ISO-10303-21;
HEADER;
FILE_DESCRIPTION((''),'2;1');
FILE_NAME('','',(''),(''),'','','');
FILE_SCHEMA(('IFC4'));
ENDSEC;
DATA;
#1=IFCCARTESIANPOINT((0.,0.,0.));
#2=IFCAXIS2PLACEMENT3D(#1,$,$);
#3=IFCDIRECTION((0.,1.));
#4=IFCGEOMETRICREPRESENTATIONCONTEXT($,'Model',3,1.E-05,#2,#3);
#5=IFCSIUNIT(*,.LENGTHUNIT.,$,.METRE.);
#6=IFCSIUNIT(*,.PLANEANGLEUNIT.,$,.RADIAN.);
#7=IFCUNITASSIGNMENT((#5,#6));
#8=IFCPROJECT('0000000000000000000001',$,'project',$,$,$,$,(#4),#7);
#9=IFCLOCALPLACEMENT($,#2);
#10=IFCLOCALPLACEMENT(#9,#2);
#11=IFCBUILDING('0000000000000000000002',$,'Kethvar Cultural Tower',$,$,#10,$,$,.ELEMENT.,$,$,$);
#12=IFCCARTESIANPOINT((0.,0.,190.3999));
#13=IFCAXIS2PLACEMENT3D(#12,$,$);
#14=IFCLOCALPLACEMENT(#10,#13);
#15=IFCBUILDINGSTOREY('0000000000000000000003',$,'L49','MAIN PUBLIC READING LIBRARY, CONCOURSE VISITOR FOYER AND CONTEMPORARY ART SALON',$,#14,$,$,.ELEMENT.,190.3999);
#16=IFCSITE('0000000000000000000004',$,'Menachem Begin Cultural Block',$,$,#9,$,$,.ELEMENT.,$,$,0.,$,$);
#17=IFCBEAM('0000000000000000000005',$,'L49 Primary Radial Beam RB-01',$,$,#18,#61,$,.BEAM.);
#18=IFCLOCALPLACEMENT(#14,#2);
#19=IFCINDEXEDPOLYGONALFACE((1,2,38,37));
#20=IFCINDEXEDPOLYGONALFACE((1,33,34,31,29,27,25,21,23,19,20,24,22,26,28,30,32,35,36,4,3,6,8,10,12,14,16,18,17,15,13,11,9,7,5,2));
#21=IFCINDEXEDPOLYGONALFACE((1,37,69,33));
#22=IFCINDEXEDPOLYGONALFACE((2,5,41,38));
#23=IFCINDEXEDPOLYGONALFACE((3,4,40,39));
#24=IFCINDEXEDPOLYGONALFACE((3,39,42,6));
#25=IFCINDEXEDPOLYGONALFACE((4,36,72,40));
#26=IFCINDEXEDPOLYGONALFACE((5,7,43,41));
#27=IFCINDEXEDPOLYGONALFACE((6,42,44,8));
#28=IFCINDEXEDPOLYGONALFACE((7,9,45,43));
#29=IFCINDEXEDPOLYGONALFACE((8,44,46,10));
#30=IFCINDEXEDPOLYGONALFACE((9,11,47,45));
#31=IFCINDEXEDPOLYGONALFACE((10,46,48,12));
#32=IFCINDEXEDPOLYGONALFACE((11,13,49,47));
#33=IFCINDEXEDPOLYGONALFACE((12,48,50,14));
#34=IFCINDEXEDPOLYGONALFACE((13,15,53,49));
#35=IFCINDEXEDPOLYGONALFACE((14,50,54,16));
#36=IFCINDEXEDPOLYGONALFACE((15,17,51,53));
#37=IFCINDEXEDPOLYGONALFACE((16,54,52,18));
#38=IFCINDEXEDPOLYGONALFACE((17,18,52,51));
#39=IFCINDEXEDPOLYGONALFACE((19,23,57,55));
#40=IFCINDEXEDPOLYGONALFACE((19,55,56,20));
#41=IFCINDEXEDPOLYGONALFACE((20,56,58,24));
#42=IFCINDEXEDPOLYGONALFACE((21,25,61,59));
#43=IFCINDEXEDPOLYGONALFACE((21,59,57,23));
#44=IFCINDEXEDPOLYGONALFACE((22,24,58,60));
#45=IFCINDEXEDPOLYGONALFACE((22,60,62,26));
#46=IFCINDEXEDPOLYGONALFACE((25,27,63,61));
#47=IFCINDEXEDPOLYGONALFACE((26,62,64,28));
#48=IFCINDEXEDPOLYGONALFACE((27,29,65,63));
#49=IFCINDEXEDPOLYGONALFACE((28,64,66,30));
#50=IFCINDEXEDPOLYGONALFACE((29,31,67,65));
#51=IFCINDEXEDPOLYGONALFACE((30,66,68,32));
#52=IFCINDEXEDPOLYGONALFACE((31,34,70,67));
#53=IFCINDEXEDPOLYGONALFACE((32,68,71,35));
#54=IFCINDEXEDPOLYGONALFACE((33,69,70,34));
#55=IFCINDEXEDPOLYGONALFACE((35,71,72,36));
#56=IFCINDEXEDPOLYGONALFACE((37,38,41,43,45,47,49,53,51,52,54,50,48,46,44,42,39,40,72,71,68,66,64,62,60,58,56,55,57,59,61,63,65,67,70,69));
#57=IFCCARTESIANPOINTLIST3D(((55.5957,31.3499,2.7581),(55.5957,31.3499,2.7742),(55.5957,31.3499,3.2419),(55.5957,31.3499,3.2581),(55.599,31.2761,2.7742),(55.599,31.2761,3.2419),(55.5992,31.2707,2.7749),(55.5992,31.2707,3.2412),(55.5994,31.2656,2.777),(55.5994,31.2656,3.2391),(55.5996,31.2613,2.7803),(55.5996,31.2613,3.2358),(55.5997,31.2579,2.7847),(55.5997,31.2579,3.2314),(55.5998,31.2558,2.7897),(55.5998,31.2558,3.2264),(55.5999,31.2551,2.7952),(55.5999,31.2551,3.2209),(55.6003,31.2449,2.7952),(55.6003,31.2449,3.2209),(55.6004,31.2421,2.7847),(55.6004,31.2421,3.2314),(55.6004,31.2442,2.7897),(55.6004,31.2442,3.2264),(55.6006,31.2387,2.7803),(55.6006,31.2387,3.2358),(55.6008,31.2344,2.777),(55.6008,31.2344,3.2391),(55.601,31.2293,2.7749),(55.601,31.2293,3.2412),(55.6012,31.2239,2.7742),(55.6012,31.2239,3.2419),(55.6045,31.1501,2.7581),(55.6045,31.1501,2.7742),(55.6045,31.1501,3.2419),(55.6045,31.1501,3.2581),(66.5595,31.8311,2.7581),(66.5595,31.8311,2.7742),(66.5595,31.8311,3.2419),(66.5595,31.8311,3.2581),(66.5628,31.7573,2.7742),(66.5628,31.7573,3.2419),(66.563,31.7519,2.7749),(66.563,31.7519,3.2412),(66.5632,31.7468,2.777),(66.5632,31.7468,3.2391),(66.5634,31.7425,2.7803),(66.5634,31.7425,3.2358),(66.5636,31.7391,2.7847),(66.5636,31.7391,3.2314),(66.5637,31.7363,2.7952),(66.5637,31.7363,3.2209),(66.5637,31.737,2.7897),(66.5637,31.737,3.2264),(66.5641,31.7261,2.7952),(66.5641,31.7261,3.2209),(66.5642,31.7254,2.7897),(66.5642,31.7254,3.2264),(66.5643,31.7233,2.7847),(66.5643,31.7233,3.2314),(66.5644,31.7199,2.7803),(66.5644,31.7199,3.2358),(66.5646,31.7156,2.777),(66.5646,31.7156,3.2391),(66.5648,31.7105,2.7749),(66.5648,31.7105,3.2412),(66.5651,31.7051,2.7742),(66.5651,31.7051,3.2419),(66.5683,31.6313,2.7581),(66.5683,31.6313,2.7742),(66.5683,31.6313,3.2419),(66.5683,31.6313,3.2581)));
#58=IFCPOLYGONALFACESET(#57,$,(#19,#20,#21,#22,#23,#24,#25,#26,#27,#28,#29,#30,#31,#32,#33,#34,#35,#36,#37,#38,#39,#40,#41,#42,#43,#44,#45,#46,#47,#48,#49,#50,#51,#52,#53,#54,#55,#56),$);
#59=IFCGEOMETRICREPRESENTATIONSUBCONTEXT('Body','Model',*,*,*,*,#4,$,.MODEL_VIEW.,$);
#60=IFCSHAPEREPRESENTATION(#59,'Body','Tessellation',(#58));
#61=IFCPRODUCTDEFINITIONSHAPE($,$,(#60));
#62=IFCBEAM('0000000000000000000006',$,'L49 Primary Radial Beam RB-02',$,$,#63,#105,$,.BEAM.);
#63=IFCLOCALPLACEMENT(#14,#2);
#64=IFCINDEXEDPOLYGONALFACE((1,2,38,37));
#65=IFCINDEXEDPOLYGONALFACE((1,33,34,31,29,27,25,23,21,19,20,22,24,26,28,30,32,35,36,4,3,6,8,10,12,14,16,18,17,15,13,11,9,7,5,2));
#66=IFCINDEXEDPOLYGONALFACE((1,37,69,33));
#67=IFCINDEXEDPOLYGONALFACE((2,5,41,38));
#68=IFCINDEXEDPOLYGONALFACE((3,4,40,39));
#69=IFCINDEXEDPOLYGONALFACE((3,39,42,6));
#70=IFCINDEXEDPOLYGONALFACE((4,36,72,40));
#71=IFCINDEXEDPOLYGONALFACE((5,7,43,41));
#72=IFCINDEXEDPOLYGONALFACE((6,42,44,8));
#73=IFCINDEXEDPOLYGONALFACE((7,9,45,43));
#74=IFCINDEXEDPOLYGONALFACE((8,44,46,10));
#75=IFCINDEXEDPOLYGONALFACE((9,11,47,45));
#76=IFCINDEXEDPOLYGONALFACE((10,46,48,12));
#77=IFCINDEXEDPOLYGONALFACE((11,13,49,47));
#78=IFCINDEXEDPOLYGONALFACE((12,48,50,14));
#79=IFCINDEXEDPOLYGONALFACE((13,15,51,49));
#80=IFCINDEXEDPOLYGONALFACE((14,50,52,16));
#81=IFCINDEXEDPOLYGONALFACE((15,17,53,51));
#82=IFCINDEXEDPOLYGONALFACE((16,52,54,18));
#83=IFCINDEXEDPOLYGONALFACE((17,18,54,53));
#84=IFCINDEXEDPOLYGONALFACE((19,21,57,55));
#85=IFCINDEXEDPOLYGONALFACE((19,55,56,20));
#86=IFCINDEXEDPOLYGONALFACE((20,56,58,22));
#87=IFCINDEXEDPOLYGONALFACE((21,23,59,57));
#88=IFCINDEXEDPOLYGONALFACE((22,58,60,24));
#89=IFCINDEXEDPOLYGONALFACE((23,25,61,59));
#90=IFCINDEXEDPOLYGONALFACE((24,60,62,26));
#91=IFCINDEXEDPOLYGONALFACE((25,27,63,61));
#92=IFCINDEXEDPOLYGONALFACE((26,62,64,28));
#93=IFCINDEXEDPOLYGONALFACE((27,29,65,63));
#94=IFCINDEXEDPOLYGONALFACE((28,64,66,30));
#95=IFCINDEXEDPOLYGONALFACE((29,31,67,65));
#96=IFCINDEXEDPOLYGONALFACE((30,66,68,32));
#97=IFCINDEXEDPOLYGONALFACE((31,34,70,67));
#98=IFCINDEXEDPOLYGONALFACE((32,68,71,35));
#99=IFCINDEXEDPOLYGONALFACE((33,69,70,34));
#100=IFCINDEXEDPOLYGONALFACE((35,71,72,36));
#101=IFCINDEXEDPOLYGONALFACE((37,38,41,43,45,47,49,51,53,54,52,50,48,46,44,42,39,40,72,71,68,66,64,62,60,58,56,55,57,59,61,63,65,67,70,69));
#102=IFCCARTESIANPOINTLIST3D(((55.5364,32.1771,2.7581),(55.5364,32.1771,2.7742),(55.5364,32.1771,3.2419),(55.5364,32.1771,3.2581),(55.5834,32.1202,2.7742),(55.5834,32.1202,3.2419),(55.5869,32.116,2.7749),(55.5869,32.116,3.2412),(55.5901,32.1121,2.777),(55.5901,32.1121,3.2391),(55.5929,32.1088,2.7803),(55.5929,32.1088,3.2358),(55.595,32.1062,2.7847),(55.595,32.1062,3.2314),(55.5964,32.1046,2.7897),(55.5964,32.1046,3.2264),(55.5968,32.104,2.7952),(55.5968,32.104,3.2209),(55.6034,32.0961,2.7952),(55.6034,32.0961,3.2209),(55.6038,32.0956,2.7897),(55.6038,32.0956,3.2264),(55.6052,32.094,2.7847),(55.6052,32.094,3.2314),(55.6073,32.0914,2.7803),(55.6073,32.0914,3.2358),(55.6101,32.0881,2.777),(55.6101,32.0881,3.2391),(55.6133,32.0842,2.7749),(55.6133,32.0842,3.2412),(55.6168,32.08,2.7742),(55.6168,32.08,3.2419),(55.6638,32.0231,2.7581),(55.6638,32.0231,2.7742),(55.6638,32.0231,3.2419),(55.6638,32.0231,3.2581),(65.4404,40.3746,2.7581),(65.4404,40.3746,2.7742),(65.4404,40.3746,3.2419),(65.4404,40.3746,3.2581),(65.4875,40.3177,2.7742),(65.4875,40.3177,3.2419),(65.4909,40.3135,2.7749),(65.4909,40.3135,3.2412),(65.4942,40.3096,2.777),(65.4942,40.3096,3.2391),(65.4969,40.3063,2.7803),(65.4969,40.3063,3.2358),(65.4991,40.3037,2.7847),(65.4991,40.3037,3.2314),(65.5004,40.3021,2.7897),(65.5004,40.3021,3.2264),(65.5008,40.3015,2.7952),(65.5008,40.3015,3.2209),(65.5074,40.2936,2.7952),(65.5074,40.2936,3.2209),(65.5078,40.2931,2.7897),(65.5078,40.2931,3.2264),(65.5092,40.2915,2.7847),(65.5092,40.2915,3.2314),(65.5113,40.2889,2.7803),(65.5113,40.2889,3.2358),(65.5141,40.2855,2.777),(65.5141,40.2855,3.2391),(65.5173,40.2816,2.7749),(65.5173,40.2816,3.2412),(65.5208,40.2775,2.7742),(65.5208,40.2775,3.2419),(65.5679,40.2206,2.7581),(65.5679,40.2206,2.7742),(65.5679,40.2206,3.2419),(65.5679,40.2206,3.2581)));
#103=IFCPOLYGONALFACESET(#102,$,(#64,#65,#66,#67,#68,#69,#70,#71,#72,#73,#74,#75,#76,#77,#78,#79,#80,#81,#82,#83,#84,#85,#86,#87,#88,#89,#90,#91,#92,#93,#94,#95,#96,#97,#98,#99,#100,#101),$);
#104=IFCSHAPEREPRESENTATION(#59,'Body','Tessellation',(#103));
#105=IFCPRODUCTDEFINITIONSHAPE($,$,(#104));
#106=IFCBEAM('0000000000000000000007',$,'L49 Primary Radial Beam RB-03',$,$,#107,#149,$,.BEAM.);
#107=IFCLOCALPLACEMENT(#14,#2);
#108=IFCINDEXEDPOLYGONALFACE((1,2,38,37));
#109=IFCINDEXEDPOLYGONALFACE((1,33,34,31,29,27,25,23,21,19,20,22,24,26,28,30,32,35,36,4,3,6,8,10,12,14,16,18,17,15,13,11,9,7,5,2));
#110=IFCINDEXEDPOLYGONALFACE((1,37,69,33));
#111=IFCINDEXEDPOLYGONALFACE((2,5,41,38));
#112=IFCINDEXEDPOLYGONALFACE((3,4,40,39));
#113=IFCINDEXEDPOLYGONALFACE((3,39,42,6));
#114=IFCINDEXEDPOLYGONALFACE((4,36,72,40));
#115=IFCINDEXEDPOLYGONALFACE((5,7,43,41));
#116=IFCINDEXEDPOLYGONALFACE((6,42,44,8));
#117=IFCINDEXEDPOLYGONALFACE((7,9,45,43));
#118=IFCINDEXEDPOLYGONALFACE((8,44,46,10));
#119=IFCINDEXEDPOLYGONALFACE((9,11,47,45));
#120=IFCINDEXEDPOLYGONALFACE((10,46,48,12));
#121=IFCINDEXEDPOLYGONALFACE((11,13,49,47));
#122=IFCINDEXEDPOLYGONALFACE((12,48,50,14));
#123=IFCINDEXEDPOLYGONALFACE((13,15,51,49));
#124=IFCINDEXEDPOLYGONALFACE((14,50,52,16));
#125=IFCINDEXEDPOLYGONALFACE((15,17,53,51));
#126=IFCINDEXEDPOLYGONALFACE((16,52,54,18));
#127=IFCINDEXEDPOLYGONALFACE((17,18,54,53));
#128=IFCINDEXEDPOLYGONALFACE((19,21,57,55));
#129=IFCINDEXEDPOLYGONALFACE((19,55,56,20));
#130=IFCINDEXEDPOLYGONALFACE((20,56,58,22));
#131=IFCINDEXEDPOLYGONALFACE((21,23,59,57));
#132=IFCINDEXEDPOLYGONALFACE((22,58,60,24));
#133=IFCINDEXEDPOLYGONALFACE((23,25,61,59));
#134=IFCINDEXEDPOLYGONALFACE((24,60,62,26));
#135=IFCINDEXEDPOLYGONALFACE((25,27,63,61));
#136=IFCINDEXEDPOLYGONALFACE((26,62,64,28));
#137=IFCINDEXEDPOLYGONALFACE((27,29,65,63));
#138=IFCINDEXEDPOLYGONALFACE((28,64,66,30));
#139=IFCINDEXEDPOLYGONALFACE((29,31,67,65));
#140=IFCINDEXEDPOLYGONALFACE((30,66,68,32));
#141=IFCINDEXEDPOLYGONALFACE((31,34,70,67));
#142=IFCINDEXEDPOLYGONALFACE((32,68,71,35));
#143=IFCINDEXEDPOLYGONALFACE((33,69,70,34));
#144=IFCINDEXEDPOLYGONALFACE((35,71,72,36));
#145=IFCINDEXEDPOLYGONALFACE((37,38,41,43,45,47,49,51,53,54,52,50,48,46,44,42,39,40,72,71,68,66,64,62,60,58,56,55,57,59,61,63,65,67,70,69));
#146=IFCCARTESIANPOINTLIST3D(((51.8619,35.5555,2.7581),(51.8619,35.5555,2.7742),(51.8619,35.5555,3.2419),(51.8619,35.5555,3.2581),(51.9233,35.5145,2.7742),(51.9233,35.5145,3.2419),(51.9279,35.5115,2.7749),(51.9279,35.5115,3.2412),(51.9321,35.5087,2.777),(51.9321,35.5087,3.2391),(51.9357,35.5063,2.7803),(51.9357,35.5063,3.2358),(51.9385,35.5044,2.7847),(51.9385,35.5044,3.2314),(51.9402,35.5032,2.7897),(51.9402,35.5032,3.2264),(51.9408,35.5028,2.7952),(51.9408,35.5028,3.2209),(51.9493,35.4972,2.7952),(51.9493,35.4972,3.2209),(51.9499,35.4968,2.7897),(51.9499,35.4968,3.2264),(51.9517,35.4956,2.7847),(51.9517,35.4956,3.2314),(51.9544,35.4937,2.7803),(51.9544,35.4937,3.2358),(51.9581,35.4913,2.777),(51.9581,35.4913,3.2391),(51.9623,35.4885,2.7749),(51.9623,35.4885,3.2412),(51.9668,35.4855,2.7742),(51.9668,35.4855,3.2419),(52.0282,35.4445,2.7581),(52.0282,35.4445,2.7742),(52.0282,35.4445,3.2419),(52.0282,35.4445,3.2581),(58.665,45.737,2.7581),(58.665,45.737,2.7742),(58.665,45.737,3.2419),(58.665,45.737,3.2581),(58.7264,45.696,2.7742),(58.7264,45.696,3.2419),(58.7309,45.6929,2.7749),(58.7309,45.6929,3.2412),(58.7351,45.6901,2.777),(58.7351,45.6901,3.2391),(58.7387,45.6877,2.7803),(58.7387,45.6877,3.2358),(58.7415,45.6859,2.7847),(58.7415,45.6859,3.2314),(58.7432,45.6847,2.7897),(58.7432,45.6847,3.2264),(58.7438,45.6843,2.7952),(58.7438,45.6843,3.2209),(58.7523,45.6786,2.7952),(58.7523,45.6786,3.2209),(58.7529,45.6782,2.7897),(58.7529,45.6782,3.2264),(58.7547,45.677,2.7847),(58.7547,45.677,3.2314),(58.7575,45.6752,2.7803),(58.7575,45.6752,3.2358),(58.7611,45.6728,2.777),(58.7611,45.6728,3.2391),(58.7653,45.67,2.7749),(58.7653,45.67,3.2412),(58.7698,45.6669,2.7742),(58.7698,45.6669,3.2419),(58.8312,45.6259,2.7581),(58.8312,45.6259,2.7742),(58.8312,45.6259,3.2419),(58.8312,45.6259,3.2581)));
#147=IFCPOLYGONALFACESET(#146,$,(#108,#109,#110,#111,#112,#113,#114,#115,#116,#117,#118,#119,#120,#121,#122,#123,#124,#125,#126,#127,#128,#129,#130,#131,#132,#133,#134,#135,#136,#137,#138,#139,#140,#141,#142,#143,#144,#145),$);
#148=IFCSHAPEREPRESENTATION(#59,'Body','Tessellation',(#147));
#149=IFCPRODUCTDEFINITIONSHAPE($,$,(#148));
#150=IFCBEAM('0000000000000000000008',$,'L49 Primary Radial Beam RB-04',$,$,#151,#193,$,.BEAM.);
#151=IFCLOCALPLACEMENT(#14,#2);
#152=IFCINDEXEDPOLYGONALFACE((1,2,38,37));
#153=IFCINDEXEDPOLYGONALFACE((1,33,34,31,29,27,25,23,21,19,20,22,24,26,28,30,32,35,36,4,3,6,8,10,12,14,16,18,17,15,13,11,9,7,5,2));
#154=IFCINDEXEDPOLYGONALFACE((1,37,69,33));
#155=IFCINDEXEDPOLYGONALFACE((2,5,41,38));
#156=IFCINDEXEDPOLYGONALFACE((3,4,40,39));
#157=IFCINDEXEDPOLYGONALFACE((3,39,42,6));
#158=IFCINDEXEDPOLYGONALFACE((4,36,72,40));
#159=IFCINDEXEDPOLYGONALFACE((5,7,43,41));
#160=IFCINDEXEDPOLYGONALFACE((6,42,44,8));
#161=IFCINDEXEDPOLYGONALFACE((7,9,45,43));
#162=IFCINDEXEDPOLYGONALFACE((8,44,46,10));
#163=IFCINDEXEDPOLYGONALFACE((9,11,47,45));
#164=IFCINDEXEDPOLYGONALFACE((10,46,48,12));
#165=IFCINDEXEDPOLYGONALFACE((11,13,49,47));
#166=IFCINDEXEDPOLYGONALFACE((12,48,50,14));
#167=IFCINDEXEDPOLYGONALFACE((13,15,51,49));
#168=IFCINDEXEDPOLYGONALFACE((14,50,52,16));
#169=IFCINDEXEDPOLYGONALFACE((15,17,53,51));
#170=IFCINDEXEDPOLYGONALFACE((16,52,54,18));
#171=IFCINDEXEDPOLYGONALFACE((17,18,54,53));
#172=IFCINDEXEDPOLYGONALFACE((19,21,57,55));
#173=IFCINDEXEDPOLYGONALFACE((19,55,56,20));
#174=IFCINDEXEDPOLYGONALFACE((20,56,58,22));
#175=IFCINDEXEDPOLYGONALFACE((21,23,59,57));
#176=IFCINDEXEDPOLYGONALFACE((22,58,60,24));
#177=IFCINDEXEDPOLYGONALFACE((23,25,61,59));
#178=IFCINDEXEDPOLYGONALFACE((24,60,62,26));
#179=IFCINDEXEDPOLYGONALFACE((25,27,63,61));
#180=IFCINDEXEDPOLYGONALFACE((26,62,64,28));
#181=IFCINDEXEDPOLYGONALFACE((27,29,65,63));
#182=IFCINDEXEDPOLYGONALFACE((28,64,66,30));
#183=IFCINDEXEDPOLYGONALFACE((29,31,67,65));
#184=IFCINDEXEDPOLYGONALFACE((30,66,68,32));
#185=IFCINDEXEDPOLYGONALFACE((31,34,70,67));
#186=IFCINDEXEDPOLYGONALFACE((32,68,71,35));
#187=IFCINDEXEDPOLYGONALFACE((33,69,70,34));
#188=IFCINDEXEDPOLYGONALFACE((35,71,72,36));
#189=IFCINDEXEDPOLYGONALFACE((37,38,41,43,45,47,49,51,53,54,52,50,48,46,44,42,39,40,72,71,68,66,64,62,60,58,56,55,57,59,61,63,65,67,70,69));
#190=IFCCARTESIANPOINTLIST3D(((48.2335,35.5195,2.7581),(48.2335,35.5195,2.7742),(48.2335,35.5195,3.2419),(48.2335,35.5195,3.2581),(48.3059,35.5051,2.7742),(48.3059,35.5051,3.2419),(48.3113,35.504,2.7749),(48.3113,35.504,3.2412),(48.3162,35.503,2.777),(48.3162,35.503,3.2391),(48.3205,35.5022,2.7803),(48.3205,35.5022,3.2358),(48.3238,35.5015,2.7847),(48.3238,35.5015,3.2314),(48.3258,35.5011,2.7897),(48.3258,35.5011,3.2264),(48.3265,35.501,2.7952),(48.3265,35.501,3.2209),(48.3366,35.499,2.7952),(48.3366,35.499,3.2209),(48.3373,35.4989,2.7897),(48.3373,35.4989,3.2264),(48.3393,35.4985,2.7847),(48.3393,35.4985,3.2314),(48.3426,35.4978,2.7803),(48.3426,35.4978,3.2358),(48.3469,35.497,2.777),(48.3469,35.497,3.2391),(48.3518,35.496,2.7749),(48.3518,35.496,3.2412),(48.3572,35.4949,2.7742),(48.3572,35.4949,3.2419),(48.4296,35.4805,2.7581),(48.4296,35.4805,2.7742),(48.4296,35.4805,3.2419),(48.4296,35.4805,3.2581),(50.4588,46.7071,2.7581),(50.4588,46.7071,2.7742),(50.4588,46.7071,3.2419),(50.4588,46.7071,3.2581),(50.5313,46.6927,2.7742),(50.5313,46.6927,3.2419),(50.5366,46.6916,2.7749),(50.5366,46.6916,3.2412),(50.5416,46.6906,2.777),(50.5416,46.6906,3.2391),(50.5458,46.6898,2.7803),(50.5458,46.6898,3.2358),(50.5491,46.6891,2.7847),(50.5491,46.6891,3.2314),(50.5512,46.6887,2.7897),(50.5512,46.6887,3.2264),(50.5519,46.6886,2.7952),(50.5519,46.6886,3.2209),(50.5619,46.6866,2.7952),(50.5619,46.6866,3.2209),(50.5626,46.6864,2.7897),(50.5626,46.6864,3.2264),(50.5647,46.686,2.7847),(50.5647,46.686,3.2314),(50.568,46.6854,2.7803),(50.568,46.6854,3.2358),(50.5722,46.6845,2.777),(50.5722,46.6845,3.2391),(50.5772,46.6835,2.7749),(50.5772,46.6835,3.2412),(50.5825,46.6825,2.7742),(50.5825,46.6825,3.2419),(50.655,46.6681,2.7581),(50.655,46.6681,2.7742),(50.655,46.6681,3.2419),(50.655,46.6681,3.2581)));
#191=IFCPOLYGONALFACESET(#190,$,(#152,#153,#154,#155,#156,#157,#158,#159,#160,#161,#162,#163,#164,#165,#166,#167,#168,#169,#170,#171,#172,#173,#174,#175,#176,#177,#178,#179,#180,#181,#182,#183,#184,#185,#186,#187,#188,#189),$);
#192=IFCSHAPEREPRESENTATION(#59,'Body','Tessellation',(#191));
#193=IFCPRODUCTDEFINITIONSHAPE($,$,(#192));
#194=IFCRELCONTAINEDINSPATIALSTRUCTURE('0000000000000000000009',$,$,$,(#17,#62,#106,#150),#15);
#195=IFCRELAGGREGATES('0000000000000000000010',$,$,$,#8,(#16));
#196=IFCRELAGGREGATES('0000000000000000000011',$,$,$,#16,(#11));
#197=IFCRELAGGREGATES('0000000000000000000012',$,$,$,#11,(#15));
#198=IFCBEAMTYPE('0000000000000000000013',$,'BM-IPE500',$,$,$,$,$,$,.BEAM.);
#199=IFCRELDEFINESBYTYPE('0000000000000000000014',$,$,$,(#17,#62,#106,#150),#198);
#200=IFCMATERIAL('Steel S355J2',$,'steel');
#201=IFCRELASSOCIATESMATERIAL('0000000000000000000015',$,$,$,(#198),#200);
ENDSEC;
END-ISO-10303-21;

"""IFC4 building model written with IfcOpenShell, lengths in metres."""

from ifc_helpers import new_model, si_unit, direction, frame, origin, origin_2d, place, context, subcontext, project, spatial, i_section, extrude, source, transform, mapped, material, material_profile, profile_set, type_object, element, save


model = new_model("IFC4")

# Units and contexts
model_context = context("Model", 3, precision=1e-05, world=origin(), true_north=direction((0.0, 1.0)))
body_context = subcontext(model_context, "Body", "Model", "MODEL_VIEW")
ifc_project = project(units=[si_unit("LENGTHUNIT", "METRE"), si_unit("PLANEANGLEUNIT", "RADIAN")], contexts=[model_context])

# Site, building, storey
site_placement = place(None, origin())
site = spatial("IfcSite", under=ifc_project, at=site_placement, Name="Menachem Begin Cultural Block", CompositionType="ELEMENT", RefElevation=0.0)
building_placement = place(site_placement, origin())
building = spatial("IfcBuilding", under=site, at=building_placement, Name="Kethvar Cultural Tower", CompositionType="ELEMENT")
storey_placement = place(building_placement, frame((0.0, 0.0, 190.3999)))
storey = spatial("IfcBuildingStorey", under=building, at=storey_placement, Name="L49", Description="MAIN PUBLIC READING LIBRARY, CONCOURSE VISITOR FOYER AND CONTEMPORARY ART SALON", CompositionType="ELEMENT", Elevation=190.3999)

# Beams
ifc_material_1 = material(Name="Steel S355J2", Category="steel")
ifc_material_profile_1 = material_profile(ifc_material_1, i_section(OverallWidth=0.2, OverallDepth=0.5, WebThickness=0.0103, FlangeThickness=0.0161, FilletRadius=0.021, at=origin_2d()), Name="Steel S355J2 — IPE500")
ifc_profile_set_1 = profile_set([ifc_material_profile_1], Name="Steel S355J2 — IPE500")
beam_type_1 = type_object("IfcBeamType", Name="BM-IPE500", PredefinedType="BEAM", material=ifc_profile_set_1)
shared_shape_1 = source(origin(), body_context, "Body", "SweptSolid", [
    extrude(i_section(OverallWidth=0.2, OverallDepth=0.5, WebThickness=0.0103, FlangeThickness=0.0161, FilletRadius=0.021, at=origin_2d()), origin(), (0.0, 0.0, 1.0), 10.9744),
])
beam_1_placement = place(storey_placement, frame((55.6001, 31.25, 3.0081), z_axis=(0.999038, 0.043848, 0.0), x_axis=(-0.043848, 0.999038, 0.0)))
element("IfcBeam", 1, at=beam_1_placement, inside=storey, type_object=beam_type_1, Name="L49 Primary Radial Beam RB-01", PredefinedType="BEAM", context=body_context, shape_type="MappedRepresentation", body=[
    mapped(shared_shape_1, transform((0.0, 0.0, 0.0), scale=1.0)),
])
shared_shape_2 = source(origin(), body_context, "Body", "SweptSolid", [
    extrude(i_section(OverallWidth=0.2, OverallDepth=0.5, WebThickness=0.0103, FlangeThickness=0.0161, FilletRadius=0.021, at=origin_2d()), origin(), (0.0, 0.0, 1.0), 12.8564),
])
beam_2_placement = place(storey_placement, frame((55.6001, 32.1001, 3.0081), z_axis=(0.770354, 0.637616, 0.0), x_axis=(-0.637616, 0.770354, 0.0)))
element("IfcBeam", 2, at=beam_2_placement, inside=storey, type_object=beam_type_1, Name="L49 Primary Radial Beam RB-02", PredefinedType="BEAM", context=body_context, shape_type="MappedRepresentation", body=[
    mapped(shared_shape_2, transform((0.0, 0.0, 0.0), scale=1.0)),
])
shared_shape_3 = source(origin(), body_context, "Body", "SweptSolid", [
    extrude(i_section(OverallWidth=0.2, OverallDepth=0.5, WebThickness=0.0103, FlangeThickness=0.0161, FilletRadius=0.021, at=origin_2d()), origin(), (0.0, 0.0, 1.0), 12.2451),
])
beam_3_placement = place(storey_placement, frame((51.9451, 35.5, 3.0081), z_axis=(0.555569, 0.83147, 0.0), x_axis=(-0.83147, 0.555569, 0.0)))
element("IfcBeam", 3, at=beam_3_placement, inside=storey, type_object=beam_type_1, Name="L49 Primary Radial Beam RB-03", PredefinedType="BEAM", context=body_context, shape_type="MappedRepresentation", body=[
    mapped(shared_shape_3, transform((0.0, 0.0, 0.0), scale=1.0)),
])
shared_shape_4 = source(origin(), body_context, "Body", "SweptSolid", [
    extrude(i_section(OverallWidth=0.2, OverallDepth=0.5, WebThickness=0.0103, FlangeThickness=0.0161, FilletRadius=0.021, at=origin_2d()), origin(), (0.0, 0.0, 1.0), 11.4067),
])
beam_4_placement = place(storey_placement, frame((48.3315, 35.5, 3.0081), z_axis=(0.195091, 0.980785, 0.0), x_axis=(-0.980785, 0.195091, 0.0)))
element("IfcBeam", 4, at=beam_4_placement, inside=storey, type_object=beam_type_1, Name="L49 Primary Radial Beam RB-04", PredefinedType="BEAM", context=body_context, shape_type="MappedRepresentation", body=[
    mapped(shared_shape_4, transform((0.0, 0.0, 0.0), scale=1.0)),
])

save(model, "model.ifc")
